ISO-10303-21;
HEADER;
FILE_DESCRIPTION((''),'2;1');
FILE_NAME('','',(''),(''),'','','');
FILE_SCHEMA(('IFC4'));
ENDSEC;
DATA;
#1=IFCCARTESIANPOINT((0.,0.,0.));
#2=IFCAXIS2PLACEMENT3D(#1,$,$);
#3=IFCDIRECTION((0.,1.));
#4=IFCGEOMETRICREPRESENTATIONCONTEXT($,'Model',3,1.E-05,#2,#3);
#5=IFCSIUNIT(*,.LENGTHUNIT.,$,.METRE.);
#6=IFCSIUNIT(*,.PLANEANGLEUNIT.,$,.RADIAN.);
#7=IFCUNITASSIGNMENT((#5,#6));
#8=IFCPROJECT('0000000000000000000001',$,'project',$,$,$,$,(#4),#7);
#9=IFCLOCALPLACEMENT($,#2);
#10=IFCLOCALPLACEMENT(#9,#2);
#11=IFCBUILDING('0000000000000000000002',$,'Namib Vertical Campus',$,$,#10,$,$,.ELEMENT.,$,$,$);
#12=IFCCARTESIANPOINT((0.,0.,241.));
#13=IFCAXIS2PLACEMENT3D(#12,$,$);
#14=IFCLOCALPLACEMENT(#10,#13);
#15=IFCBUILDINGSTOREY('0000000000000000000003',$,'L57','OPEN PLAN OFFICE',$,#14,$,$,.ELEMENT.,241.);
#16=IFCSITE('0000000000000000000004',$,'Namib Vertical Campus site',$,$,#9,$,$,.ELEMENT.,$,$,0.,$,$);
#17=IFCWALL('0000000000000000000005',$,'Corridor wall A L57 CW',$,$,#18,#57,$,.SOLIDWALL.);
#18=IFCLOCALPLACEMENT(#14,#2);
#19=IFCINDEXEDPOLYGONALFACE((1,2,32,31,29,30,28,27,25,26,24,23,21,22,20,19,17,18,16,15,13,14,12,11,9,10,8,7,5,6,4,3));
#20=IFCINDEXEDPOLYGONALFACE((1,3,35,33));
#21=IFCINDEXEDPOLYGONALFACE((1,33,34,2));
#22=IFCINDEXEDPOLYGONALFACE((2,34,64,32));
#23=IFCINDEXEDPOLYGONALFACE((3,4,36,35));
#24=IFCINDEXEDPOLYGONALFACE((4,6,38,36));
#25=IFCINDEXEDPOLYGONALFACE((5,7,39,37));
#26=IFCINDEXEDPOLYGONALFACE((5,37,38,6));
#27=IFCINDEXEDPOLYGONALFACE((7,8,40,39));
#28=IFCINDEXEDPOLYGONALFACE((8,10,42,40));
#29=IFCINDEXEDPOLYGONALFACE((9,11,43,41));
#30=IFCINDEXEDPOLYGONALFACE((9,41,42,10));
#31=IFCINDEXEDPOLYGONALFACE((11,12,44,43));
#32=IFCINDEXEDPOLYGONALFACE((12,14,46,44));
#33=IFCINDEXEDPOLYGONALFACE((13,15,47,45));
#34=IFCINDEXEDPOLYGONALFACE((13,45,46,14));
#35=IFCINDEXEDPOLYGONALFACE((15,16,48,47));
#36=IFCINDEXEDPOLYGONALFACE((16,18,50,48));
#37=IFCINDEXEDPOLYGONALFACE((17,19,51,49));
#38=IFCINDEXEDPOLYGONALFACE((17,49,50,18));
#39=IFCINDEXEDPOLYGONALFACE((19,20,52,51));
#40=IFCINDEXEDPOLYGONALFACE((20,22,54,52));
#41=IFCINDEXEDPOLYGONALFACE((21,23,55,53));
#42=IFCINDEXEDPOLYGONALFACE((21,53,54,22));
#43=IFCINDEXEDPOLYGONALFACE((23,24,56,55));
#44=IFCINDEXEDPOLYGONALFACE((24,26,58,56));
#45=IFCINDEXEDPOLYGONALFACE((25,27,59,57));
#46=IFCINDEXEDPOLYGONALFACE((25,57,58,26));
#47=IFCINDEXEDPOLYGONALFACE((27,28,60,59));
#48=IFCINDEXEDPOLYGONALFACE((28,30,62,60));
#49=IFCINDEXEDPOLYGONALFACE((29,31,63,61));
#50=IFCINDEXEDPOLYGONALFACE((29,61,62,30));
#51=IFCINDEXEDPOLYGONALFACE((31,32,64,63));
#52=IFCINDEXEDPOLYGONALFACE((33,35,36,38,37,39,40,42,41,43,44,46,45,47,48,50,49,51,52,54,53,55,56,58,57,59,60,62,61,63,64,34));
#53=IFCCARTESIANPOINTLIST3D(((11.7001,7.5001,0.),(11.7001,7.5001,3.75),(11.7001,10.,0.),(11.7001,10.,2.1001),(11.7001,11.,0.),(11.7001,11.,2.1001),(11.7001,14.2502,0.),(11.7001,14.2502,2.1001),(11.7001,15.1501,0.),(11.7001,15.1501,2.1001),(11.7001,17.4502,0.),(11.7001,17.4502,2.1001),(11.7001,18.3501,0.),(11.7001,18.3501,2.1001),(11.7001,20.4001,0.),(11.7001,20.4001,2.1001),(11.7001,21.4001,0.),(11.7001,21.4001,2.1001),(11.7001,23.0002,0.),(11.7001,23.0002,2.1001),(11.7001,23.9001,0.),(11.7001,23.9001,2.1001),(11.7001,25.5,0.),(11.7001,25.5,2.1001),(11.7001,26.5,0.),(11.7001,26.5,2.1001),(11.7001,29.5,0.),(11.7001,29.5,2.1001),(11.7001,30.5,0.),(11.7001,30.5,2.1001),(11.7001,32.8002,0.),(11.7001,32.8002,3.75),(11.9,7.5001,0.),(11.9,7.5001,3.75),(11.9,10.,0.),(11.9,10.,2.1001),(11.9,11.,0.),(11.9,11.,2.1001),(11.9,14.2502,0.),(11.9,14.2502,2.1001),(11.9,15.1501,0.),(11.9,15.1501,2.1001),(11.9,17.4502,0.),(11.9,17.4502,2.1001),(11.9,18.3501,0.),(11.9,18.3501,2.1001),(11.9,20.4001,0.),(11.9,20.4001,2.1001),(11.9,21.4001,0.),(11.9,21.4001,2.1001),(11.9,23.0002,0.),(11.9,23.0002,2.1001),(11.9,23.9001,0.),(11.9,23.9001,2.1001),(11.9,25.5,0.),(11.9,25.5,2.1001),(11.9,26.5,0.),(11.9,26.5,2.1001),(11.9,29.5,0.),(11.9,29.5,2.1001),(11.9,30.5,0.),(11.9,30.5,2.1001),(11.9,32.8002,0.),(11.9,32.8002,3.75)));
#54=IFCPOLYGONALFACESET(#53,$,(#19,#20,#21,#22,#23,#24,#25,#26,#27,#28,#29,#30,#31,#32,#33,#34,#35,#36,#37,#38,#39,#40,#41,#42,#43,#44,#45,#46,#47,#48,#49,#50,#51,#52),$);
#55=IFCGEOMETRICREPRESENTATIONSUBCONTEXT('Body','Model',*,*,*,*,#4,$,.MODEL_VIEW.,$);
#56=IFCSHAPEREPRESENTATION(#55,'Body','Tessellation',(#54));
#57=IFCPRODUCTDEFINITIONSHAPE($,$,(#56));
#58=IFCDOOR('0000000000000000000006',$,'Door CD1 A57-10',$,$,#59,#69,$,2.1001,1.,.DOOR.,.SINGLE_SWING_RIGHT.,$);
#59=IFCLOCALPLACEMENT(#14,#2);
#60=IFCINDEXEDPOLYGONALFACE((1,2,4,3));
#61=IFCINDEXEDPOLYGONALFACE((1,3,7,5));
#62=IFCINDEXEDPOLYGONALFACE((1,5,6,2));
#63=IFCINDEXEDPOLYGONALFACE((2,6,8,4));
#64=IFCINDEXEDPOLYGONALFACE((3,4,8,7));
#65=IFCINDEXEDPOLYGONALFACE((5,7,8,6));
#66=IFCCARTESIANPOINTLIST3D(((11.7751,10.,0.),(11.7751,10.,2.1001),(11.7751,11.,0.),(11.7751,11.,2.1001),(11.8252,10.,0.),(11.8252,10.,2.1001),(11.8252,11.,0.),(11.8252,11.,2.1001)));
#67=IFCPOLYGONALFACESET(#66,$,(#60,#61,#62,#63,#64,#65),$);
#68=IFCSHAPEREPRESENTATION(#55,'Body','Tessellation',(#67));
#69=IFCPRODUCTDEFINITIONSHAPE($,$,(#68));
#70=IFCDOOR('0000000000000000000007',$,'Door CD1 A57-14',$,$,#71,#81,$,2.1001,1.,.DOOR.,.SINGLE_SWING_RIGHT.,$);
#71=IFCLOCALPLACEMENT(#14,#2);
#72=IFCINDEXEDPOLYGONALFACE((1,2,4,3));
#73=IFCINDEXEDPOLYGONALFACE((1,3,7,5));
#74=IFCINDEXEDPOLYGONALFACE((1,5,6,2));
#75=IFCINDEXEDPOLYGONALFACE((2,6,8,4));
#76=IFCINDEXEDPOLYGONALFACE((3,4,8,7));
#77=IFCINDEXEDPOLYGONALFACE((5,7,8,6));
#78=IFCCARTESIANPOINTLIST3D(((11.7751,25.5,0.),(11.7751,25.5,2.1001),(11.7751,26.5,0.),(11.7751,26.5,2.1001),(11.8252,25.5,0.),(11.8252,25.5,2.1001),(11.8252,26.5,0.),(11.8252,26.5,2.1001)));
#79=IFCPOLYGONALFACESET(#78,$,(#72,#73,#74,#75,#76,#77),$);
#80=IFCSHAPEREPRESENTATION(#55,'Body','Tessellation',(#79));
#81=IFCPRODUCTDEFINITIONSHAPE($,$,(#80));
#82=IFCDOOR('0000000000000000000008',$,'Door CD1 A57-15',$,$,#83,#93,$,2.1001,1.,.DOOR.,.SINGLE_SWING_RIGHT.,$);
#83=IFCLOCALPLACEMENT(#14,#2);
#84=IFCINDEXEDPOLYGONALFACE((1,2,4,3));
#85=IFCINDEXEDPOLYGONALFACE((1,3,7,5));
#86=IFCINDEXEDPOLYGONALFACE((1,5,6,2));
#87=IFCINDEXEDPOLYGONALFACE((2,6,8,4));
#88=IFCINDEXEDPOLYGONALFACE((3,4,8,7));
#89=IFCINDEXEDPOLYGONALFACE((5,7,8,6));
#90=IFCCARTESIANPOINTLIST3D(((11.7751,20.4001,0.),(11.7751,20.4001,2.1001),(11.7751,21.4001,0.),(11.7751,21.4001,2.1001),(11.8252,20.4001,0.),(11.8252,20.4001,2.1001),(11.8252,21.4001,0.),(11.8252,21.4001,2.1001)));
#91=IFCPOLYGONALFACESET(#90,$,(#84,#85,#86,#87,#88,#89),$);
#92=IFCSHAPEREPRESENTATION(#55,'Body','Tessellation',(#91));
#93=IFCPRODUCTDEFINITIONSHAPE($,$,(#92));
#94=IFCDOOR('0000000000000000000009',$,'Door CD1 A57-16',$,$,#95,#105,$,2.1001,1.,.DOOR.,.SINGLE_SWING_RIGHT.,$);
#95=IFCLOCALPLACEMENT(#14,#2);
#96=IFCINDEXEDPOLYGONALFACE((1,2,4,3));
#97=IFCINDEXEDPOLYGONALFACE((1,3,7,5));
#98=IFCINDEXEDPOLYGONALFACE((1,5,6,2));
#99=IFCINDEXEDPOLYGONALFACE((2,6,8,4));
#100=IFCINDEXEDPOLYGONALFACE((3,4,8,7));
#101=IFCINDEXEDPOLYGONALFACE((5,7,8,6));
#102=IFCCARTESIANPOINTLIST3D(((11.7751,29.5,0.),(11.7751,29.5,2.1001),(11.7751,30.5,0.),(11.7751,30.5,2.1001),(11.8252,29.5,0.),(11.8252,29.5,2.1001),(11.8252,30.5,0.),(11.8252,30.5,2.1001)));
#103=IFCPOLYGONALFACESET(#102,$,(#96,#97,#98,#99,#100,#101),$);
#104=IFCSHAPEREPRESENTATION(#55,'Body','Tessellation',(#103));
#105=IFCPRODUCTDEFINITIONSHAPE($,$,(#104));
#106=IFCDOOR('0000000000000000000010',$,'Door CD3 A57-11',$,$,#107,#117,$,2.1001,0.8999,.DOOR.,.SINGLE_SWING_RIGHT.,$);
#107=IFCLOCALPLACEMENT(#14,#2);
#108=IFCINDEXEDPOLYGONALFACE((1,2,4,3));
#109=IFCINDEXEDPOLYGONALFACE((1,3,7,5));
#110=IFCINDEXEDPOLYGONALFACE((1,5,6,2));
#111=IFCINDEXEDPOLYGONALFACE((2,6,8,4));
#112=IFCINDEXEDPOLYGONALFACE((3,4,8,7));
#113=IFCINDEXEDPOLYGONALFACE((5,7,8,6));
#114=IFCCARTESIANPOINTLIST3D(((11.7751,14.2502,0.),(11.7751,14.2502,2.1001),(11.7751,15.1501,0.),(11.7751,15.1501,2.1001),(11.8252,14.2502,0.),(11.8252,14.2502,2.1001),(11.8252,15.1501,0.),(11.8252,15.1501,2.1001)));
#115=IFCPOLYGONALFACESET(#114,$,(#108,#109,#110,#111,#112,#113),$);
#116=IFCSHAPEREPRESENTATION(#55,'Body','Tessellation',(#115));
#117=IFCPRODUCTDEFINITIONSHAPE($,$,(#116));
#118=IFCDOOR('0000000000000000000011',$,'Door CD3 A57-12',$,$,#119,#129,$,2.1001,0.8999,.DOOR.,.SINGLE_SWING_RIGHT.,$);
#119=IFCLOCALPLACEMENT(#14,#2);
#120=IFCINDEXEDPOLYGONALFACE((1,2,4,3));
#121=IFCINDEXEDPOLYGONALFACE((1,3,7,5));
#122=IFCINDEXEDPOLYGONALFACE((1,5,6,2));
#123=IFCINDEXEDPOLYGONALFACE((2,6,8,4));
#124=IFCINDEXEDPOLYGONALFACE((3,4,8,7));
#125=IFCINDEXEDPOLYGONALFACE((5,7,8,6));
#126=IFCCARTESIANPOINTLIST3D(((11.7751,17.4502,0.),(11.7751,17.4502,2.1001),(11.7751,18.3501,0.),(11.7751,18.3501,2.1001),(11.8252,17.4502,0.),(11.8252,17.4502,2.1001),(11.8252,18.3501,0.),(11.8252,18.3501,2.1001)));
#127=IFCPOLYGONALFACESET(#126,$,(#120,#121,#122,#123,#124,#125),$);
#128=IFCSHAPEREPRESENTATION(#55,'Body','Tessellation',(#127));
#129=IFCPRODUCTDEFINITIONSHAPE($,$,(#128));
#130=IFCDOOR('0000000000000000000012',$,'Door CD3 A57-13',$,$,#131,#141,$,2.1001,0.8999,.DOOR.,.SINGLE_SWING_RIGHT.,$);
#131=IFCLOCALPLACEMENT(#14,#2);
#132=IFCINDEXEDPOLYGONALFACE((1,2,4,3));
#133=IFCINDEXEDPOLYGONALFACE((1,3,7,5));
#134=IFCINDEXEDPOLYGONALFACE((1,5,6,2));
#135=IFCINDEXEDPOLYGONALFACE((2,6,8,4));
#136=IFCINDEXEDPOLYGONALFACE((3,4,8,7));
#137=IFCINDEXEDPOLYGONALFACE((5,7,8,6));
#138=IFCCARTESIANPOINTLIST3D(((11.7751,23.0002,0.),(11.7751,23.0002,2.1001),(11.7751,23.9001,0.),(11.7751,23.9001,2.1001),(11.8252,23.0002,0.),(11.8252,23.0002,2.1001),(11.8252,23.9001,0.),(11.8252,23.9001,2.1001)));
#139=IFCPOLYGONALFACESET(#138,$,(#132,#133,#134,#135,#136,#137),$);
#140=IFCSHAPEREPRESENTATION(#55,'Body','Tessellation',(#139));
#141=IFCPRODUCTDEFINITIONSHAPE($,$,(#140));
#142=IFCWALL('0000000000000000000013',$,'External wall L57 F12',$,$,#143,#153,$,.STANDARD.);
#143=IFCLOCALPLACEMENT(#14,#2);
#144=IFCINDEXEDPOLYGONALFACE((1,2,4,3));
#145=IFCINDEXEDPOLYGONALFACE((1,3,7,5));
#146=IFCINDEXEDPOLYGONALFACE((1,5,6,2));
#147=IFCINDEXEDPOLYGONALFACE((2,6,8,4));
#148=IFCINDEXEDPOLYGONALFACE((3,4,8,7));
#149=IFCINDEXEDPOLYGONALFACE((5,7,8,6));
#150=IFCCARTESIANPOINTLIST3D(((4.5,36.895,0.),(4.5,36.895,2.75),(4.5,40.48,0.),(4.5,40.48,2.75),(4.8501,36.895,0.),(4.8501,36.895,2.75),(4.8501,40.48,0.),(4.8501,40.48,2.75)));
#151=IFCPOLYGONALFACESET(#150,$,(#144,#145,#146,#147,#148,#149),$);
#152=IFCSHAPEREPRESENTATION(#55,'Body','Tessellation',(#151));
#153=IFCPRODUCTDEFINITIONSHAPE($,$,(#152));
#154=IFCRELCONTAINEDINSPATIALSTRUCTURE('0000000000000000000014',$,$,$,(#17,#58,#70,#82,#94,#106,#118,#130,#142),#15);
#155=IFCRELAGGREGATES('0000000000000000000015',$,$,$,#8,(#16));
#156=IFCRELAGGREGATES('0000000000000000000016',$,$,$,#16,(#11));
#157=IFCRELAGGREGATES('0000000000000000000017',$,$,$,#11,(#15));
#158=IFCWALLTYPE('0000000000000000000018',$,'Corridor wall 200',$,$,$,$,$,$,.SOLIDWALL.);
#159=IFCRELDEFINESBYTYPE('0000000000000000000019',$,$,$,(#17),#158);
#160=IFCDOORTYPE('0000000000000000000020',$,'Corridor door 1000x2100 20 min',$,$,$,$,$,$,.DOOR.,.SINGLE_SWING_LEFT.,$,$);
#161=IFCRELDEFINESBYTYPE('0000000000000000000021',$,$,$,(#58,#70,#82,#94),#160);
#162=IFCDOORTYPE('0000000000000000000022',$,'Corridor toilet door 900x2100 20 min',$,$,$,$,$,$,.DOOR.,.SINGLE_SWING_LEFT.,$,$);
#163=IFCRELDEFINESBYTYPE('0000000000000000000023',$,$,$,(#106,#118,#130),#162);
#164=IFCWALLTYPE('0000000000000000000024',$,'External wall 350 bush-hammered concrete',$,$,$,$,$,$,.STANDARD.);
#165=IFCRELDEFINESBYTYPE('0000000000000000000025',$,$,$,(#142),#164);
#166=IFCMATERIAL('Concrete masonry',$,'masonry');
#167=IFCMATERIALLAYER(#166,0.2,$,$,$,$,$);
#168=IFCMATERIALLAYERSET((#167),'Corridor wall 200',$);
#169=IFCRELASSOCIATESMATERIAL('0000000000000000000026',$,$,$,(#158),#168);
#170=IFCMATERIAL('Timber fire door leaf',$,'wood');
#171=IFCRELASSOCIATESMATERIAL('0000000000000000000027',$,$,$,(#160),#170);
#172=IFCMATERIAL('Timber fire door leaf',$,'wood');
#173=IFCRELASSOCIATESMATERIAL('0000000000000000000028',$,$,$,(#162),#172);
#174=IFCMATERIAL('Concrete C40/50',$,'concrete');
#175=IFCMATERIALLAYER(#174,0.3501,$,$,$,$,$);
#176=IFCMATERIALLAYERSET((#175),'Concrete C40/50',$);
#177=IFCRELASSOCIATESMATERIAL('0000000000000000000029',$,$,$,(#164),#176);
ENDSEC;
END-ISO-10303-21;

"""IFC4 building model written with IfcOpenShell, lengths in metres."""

from ifc_helpers import new_model, si_unit, direction, frame, frame_2d, origin, place, context, subcontext, project, spatial, rectangle, extrude, material, layer, layer_set, type_object, element, fill, save


model = new_model("IFC4")

# Units and contexts
model_context = context("Model", 3, precision=1e-05, world=origin(), true_north=direction((0.0, 1.0)))
body_context = subcontext(model_context, "Body", "Model", "MODEL_VIEW")
ifc_project = project(units=[si_unit("LENGTHUNIT", "METRE"), si_unit("PLANEANGLEUNIT", "RADIAN")], contexts=[model_context])

# Site, building, storey
site_placement = place(None, origin())
site = spatial("IfcSite", under=ifc_project, at=site_placement, Name="Namib Vertical Campus site", CompositionType="ELEMENT", RefElevation=0.0)
building_placement = place(site_placement, origin())
building = spatial("IfcBuilding", under=site, at=building_placement, Name="Namib Vertical Campus", CompositionType="ELEMENT")
storey_placement = place(building_placement, frame((0.0, 0.0, 241.0)))
storey = spatial("IfcBuildingStorey", under=building, at=storey_placement, Name="L57", Description="OPEN PLAN OFFICE", CompositionType="ELEMENT", Elevation=241.0)

# Wall, openings, doors
ifc_material_1 = material(Name="Concrete masonry", Category="masonry")
ifc_layer_1 = layer(ifc_material_1, 0.2)
ifc_layer_set_1 = layer_set([ifc_layer_1], Name="Corridor wall 200")
wall_type_1 = type_object("IfcWallType", Name="Corridor wall 200", PredefinedType="SOLIDWALL", material=ifc_layer_set_1)
wall_1_placement = place(storey_placement, frame((11.8, 32.8, 0.0), z_axis=(0.0, 0.0, 1.0), x_axis=(0.0, -1.0, 0.0)))
wall_1 = element("IfcWall", 1, at=wall_1_placement, inside=storey, type_object=wall_type_1, Name="Corridor wall A L57 CW", PredefinedType="SOLIDWALL", context=body_context, shape_type="SweptSolid", body=[
    extrude(rectangle(XDim=25.3, YDim=0.2, at=frame_2d((12.6499, 0.0))), origin(), (0.0, 0.0, 1.0), 3.75),
])
opening_1_placement = place(wall_1_placement, frame((21.8, 0.0, 0.0)))
opening_1 = element("IfcOpeningElement", 2, at=opening_1_placement, cuts=wall_1, PredefinedType="OPENING", context=body_context, shape_type="SweptSolid", body=[
    extrude(rectangle(XDim=1.0, YDim=2.1001, at=frame_2d((0.5, 1.05))), frame((0.0, 0.1099, 0.0), z_axis=(0.0, -1.0, 0.0), x_axis=(1.0, 0.0, 0.0)), (0.0, 0.0, 1.0), 0.22),
])
opening_2_placement = place(wall_1_placement, frame((17.6499, 0.0, 0.0)))
opening_2 = element("IfcOpeningElement", 3, at=opening_2_placement, cuts=wall_1, PredefinedType="OPENING", context=body_context, shape_type="SweptSolid", body=[
    extrude(rectangle(XDim=0.8999, YDim=2.1001, at=frame_2d((0.45, 1.05))), frame((0.0, 0.1099, 0.0), z_axis=(0.0, -1.0, 0.0), x_axis=(1.0, 0.0, 0.0)), (0.0, 0.0, 1.0), 0.22),
])
opening_3_placement = place(wall_1_placement, frame((14.45, 0.0, 0.0)))
opening_3 = element("IfcOpeningElement", 4, at=opening_3_placement, cuts=wall_1, PredefinedType="OPENING", context=body_context, shape_type="SweptSolid", body=[
    extrude(rectangle(XDim=0.8999, YDim=2.1001, at=frame_2d((0.45, 1.05))), frame((0.0, 0.1099, 0.0), z_axis=(0.0, -1.0, 0.0), x_axis=(1.0, 0.0, 0.0)), (0.0, 0.0, 1.0), 0.22),
])
opening_4_placement = place(wall_1_placement, frame((8.8999, 0.0, 0.0)))
opening_4 = element("IfcOpeningElement", 5, at=opening_4_placement, cuts=wall_1, PredefinedType="OPENING", context=body_context, shape_type="SweptSolid", body=[
    extrude(rectangle(XDim=0.8999, YDim=2.1001, at=frame_2d((0.45, 1.05))), frame((0.0, 0.1099, 0.0), z_axis=(0.0, -1.0, 0.0), x_axis=(1.0, 0.0, 0.0)), (0.0, 0.0, 1.0), 0.22),
])
opening_5_placement = place(wall_1_placement, frame((6.3, 0.0, 0.0)))
opening_5 = element("IfcOpeningElement", 6, at=opening_5_placement, cuts=wall_1, PredefinedType="OPENING", context=body_context, shape_type="SweptSolid", body=[
    extrude(rectangle(XDim=1.0, YDim=2.1001, at=frame_2d((0.5, 1.05))), frame((0.0, 0.1099, 0.0), z_axis=(0.0, -1.0, 0.0), x_axis=(1.0, 0.0, 0.0)), (0.0, 0.0, 1.0), 0.22),
])
opening_6_placement = place(wall_1_placement, frame((11.3999, 0.0, 0.0)))
opening_6 = element("IfcOpeningElement", 7, at=opening_6_placement, cuts=wall_1, PredefinedType="OPENING", context=body_context, shape_type="SweptSolid", body=[
    extrude(rectangle(XDim=1.0, YDim=2.1001, at=frame_2d((0.5, 1.05))), frame((0.0, 0.1099, 0.0), z_axis=(0.0, -1.0, 0.0), x_axis=(1.0, 0.0, 0.0)), (0.0, 0.0, 1.0), 0.22),
])
opening_7_placement = place(wall_1_placement, frame((2.3, 0.0, 0.0)))
opening_7 = element("IfcOpeningElement", 8, at=opening_7_placement, cuts=wall_1, PredefinedType="OPENING", context=body_context, shape_type="SweptSolid", body=[
    extrude(rectangle(XDim=1.0, YDim=2.1001, at=frame_2d((0.5, 1.05))), frame((0.0, 0.1099, 0.0), z_axis=(0.0, -1.0, 0.0), x_axis=(1.0, 0.0, 0.0)), (0.0, 0.0, 1.0), 0.22),
])
ifc_material_2 = material(Name="Timber fire door leaf", Category="wood")
door_type_1 = type_object("IfcDoorType", Name="Corridor door 1000x2100 20 min", OperationType="SINGLE_SWING_LEFT", PredefinedType="DOOR", material=ifc_material_2)
door_1_placement = place(opening_1_placement, frame((1.0, 0.0, 0.0), z_axis=(0.0, 0.0, 1.0), x_axis=(-1.0, 0.0, 0.0)))
door_1 = element("IfcDoor", 9, at=door_1_placement, inside=storey, type_object=door_type_1, Name="Door CD1 A57-10", OperationType="SINGLE_SWING_RIGHT", OverallHeight=2.1001, OverallWidth=1.0, PredefinedType="DOOR", context=body_context, shape_type="SweptSolid", body=[
    extrude(rectangle(XDim=1.0, YDim=2.1001, at=frame_2d((0.5, 1.05))), frame((0.0, 0.0249, 0.0), z_axis=(0.0, -1.0, 0.0), x_axis=(1.0, 0.0, 0.0)), (0.0, 0.0, 1.0), 0.05),
])
fill(opening_1, door_1)
door_2_placement = place(opening_5_placement, frame((1.0, 0.0, 0.0), z_axis=(0.0, 0.0, 1.0), x_axis=(-1.0, 0.0, 0.0)))
door_2 = element("IfcDoor", 10, at=door_2_placement, inside=storey, type_object=door_type_1, Name="Door CD1 A57-14", OperationType="SINGLE_SWING_RIGHT", OverallHeight=2.1001, OverallWidth=1.0, PredefinedType="DOOR", context=body_context, shape_type="SweptSolid", body=[
    extrude(rectangle(XDim=1.0, YDim=2.1001, at=frame_2d((0.5, 1.05))), frame((0.0, 0.0249, 0.0), z_axis=(0.0, -1.0, 0.0), x_axis=(1.0, 0.0, 0.0)), (0.0, 0.0, 1.0), 0.05),
])
fill(opening_5, door_2)
door_3_placement = place(opening_6_placement, frame((1.0, 0.0, 0.0), z_axis=(0.0, 0.0, 1.0), x_axis=(-1.0, 0.0, 0.0)))
door_3 = element("IfcDoor", 11, at=door_3_placement, inside=storey, type_object=door_type_1, Name="Door CD1 A57-15", OperationType="SINGLE_SWING_RIGHT", OverallHeight=2.1001, OverallWidth=1.0, PredefinedType="DOOR", context=body_context, shape_type="SweptSolid", body=[
    extrude(rectangle(XDim=1.0, YDim=2.1001, at=frame_2d((0.5, 1.05))), frame((0.0, 0.0249, 0.0), z_axis=(0.0, -1.0, 0.0), x_axis=(1.0, 0.0, 0.0)), (0.0, 0.0, 1.0), 0.05),
])
fill(opening_6, door_3)
door_4_placement = place(opening_7_placement, frame((1.0, 0.0, 0.0), z_axis=(0.0, 0.0, 1.0), x_axis=(-1.0, 0.0, 0.0)))
door_4 = element("IfcDoor", 12, at=door_4_placement, inside=storey, type_object=door_type_1, Name="Door CD1 A57-16", OperationType="SINGLE_SWING_RIGHT", OverallHeight=2.1001, OverallWidth=1.0, PredefinedType="DOOR", context=body_context, shape_type="SweptSolid", body=[
    extrude(rectangle(XDim=1.0, YDim=2.1001, at=frame_2d((0.5, 1.05))), frame((0.0, 0.0249, 0.0), z_axis=(0.0, -1.0, 0.0), x_axis=(1.0, 0.0, 0.0)), (0.0, 0.0, 1.0), 0.05),
])
fill(opening_7, door_4)
ifc_material_3 = material(Name="Timber fire door leaf", Category="wood")
door_type_2 = type_object("IfcDoorType", Name="Corridor toilet door 900x2100 20 min", OperationType="SINGLE_SWING_LEFT", PredefinedType="DOOR", material=ifc_material_3)
door_5_placement = place(opening_2_placement, frame((0.8999, 0.0, 0.0), z_axis=(0.0, 0.0, 1.0), x_axis=(-1.0, 0.0, 0.0)))
door_5 = element("IfcDoor", 13, at=door_5_placement, inside=storey, type_object=door_type_2, Name="Door CD3 A57-11", OperationType="SINGLE_SWING_RIGHT", OverallHeight=2.1001, OverallWidth=0.8999, PredefinedType="DOOR", context=body_context, shape_type="SweptSolid", body=[
    extrude(rectangle(XDim=0.8999, YDim=2.1001, at=frame_2d((0.45, 1.05))), frame((0.0, 0.0249, 0.0), z_axis=(0.0, -1.0, 0.0), x_axis=(1.0, 0.0, 0.0)), (0.0, 0.0, 1.0), 0.05),
])
fill(opening_2, door_5)
door_6_placement = place(opening_3_placement, frame((0.8999, 0.0, 0.0), z_axis=(0.0, 0.0, 1.0), x_axis=(-1.0, 0.0, 0.0)))
door_6 = element("IfcDoor", 14, at=door_6_placement, inside=storey, type_object=door_type_2, Name="Door CD3 A57-12", OperationType="SINGLE_SWING_RIGHT", OverallHeight=2.1001, OverallWidth=0.8999, PredefinedType="DOOR", context=body_context, shape_type="SweptSolid", body=[
    extrude(rectangle(XDim=0.8999, YDim=2.1001, at=frame_2d((0.45, 1.05))), frame((0.0, 0.0249, 0.0), z_axis=(0.0, -1.0, 0.0), x_axis=(1.0, 0.0, 0.0)), (0.0, 0.0, 1.0), 0.05),
])
fill(opening_3, door_6)
door_7_placement = place(opening_4_placement, frame((0.8999, 0.0, 0.0), z_axis=(0.0, 0.0, 1.0), x_axis=(-1.0, 0.0, 0.0)))
door_7 = element("IfcDoor", 15, at=door_7_placement, inside=storey, type_object=door_type_2, Name="Door CD3 A57-13", OperationType="SINGLE_SWING_RIGHT", OverallHeight=2.1001, OverallWidth=0.8999, PredefinedType="DOOR", context=body_context, shape_type="SweptSolid", body=[
    extrude(rectangle(XDim=0.8999, YDim=2.1001, at=frame_2d((0.45, 1.05))), frame((0.0, 0.0249, 0.0), z_axis=(0.0, -1.0, 0.0), x_axis=(1.0, 0.0, 0.0)), (0.0, 0.0, 1.0), 0.05),
])
fill(opening_4, door_7)

# Wall
ifc_material_4 = material(Name="Concrete C40/50", Category="concrete")
ifc_layer_2 = layer(ifc_material_4, 0.3501)
ifc_layer_set_2 = layer_set([ifc_layer_2], Name="Concrete C40/50")
wall_type_2 = type_object("IfcWallType", Name="External wall 350 bush-hammered concrete", PredefinedType="STANDARD", material=ifc_layer_set_2)
wall_2_placement = place(storey_placement, frame((4.675, 40.48, 0.0), z_axis=(0.0, 0.0, 1.0), x_axis=(0.0, -1.0, 0.0)))
element("IfcWall", 16, at=wall_2_placement, inside=storey, type_object=wall_type_2, Name="External wall L57 F12", PredefinedType="STANDARD", context=body_context, shape_type="SweptSolid", body=[
    extrude(rectangle(XDim=3.585, YDim=0.3501, at=frame_2d((1.7925, 0.0))), origin(), (0.0, 0.0, 1.0), 2.75),
])

save(model, "model.ifc")
